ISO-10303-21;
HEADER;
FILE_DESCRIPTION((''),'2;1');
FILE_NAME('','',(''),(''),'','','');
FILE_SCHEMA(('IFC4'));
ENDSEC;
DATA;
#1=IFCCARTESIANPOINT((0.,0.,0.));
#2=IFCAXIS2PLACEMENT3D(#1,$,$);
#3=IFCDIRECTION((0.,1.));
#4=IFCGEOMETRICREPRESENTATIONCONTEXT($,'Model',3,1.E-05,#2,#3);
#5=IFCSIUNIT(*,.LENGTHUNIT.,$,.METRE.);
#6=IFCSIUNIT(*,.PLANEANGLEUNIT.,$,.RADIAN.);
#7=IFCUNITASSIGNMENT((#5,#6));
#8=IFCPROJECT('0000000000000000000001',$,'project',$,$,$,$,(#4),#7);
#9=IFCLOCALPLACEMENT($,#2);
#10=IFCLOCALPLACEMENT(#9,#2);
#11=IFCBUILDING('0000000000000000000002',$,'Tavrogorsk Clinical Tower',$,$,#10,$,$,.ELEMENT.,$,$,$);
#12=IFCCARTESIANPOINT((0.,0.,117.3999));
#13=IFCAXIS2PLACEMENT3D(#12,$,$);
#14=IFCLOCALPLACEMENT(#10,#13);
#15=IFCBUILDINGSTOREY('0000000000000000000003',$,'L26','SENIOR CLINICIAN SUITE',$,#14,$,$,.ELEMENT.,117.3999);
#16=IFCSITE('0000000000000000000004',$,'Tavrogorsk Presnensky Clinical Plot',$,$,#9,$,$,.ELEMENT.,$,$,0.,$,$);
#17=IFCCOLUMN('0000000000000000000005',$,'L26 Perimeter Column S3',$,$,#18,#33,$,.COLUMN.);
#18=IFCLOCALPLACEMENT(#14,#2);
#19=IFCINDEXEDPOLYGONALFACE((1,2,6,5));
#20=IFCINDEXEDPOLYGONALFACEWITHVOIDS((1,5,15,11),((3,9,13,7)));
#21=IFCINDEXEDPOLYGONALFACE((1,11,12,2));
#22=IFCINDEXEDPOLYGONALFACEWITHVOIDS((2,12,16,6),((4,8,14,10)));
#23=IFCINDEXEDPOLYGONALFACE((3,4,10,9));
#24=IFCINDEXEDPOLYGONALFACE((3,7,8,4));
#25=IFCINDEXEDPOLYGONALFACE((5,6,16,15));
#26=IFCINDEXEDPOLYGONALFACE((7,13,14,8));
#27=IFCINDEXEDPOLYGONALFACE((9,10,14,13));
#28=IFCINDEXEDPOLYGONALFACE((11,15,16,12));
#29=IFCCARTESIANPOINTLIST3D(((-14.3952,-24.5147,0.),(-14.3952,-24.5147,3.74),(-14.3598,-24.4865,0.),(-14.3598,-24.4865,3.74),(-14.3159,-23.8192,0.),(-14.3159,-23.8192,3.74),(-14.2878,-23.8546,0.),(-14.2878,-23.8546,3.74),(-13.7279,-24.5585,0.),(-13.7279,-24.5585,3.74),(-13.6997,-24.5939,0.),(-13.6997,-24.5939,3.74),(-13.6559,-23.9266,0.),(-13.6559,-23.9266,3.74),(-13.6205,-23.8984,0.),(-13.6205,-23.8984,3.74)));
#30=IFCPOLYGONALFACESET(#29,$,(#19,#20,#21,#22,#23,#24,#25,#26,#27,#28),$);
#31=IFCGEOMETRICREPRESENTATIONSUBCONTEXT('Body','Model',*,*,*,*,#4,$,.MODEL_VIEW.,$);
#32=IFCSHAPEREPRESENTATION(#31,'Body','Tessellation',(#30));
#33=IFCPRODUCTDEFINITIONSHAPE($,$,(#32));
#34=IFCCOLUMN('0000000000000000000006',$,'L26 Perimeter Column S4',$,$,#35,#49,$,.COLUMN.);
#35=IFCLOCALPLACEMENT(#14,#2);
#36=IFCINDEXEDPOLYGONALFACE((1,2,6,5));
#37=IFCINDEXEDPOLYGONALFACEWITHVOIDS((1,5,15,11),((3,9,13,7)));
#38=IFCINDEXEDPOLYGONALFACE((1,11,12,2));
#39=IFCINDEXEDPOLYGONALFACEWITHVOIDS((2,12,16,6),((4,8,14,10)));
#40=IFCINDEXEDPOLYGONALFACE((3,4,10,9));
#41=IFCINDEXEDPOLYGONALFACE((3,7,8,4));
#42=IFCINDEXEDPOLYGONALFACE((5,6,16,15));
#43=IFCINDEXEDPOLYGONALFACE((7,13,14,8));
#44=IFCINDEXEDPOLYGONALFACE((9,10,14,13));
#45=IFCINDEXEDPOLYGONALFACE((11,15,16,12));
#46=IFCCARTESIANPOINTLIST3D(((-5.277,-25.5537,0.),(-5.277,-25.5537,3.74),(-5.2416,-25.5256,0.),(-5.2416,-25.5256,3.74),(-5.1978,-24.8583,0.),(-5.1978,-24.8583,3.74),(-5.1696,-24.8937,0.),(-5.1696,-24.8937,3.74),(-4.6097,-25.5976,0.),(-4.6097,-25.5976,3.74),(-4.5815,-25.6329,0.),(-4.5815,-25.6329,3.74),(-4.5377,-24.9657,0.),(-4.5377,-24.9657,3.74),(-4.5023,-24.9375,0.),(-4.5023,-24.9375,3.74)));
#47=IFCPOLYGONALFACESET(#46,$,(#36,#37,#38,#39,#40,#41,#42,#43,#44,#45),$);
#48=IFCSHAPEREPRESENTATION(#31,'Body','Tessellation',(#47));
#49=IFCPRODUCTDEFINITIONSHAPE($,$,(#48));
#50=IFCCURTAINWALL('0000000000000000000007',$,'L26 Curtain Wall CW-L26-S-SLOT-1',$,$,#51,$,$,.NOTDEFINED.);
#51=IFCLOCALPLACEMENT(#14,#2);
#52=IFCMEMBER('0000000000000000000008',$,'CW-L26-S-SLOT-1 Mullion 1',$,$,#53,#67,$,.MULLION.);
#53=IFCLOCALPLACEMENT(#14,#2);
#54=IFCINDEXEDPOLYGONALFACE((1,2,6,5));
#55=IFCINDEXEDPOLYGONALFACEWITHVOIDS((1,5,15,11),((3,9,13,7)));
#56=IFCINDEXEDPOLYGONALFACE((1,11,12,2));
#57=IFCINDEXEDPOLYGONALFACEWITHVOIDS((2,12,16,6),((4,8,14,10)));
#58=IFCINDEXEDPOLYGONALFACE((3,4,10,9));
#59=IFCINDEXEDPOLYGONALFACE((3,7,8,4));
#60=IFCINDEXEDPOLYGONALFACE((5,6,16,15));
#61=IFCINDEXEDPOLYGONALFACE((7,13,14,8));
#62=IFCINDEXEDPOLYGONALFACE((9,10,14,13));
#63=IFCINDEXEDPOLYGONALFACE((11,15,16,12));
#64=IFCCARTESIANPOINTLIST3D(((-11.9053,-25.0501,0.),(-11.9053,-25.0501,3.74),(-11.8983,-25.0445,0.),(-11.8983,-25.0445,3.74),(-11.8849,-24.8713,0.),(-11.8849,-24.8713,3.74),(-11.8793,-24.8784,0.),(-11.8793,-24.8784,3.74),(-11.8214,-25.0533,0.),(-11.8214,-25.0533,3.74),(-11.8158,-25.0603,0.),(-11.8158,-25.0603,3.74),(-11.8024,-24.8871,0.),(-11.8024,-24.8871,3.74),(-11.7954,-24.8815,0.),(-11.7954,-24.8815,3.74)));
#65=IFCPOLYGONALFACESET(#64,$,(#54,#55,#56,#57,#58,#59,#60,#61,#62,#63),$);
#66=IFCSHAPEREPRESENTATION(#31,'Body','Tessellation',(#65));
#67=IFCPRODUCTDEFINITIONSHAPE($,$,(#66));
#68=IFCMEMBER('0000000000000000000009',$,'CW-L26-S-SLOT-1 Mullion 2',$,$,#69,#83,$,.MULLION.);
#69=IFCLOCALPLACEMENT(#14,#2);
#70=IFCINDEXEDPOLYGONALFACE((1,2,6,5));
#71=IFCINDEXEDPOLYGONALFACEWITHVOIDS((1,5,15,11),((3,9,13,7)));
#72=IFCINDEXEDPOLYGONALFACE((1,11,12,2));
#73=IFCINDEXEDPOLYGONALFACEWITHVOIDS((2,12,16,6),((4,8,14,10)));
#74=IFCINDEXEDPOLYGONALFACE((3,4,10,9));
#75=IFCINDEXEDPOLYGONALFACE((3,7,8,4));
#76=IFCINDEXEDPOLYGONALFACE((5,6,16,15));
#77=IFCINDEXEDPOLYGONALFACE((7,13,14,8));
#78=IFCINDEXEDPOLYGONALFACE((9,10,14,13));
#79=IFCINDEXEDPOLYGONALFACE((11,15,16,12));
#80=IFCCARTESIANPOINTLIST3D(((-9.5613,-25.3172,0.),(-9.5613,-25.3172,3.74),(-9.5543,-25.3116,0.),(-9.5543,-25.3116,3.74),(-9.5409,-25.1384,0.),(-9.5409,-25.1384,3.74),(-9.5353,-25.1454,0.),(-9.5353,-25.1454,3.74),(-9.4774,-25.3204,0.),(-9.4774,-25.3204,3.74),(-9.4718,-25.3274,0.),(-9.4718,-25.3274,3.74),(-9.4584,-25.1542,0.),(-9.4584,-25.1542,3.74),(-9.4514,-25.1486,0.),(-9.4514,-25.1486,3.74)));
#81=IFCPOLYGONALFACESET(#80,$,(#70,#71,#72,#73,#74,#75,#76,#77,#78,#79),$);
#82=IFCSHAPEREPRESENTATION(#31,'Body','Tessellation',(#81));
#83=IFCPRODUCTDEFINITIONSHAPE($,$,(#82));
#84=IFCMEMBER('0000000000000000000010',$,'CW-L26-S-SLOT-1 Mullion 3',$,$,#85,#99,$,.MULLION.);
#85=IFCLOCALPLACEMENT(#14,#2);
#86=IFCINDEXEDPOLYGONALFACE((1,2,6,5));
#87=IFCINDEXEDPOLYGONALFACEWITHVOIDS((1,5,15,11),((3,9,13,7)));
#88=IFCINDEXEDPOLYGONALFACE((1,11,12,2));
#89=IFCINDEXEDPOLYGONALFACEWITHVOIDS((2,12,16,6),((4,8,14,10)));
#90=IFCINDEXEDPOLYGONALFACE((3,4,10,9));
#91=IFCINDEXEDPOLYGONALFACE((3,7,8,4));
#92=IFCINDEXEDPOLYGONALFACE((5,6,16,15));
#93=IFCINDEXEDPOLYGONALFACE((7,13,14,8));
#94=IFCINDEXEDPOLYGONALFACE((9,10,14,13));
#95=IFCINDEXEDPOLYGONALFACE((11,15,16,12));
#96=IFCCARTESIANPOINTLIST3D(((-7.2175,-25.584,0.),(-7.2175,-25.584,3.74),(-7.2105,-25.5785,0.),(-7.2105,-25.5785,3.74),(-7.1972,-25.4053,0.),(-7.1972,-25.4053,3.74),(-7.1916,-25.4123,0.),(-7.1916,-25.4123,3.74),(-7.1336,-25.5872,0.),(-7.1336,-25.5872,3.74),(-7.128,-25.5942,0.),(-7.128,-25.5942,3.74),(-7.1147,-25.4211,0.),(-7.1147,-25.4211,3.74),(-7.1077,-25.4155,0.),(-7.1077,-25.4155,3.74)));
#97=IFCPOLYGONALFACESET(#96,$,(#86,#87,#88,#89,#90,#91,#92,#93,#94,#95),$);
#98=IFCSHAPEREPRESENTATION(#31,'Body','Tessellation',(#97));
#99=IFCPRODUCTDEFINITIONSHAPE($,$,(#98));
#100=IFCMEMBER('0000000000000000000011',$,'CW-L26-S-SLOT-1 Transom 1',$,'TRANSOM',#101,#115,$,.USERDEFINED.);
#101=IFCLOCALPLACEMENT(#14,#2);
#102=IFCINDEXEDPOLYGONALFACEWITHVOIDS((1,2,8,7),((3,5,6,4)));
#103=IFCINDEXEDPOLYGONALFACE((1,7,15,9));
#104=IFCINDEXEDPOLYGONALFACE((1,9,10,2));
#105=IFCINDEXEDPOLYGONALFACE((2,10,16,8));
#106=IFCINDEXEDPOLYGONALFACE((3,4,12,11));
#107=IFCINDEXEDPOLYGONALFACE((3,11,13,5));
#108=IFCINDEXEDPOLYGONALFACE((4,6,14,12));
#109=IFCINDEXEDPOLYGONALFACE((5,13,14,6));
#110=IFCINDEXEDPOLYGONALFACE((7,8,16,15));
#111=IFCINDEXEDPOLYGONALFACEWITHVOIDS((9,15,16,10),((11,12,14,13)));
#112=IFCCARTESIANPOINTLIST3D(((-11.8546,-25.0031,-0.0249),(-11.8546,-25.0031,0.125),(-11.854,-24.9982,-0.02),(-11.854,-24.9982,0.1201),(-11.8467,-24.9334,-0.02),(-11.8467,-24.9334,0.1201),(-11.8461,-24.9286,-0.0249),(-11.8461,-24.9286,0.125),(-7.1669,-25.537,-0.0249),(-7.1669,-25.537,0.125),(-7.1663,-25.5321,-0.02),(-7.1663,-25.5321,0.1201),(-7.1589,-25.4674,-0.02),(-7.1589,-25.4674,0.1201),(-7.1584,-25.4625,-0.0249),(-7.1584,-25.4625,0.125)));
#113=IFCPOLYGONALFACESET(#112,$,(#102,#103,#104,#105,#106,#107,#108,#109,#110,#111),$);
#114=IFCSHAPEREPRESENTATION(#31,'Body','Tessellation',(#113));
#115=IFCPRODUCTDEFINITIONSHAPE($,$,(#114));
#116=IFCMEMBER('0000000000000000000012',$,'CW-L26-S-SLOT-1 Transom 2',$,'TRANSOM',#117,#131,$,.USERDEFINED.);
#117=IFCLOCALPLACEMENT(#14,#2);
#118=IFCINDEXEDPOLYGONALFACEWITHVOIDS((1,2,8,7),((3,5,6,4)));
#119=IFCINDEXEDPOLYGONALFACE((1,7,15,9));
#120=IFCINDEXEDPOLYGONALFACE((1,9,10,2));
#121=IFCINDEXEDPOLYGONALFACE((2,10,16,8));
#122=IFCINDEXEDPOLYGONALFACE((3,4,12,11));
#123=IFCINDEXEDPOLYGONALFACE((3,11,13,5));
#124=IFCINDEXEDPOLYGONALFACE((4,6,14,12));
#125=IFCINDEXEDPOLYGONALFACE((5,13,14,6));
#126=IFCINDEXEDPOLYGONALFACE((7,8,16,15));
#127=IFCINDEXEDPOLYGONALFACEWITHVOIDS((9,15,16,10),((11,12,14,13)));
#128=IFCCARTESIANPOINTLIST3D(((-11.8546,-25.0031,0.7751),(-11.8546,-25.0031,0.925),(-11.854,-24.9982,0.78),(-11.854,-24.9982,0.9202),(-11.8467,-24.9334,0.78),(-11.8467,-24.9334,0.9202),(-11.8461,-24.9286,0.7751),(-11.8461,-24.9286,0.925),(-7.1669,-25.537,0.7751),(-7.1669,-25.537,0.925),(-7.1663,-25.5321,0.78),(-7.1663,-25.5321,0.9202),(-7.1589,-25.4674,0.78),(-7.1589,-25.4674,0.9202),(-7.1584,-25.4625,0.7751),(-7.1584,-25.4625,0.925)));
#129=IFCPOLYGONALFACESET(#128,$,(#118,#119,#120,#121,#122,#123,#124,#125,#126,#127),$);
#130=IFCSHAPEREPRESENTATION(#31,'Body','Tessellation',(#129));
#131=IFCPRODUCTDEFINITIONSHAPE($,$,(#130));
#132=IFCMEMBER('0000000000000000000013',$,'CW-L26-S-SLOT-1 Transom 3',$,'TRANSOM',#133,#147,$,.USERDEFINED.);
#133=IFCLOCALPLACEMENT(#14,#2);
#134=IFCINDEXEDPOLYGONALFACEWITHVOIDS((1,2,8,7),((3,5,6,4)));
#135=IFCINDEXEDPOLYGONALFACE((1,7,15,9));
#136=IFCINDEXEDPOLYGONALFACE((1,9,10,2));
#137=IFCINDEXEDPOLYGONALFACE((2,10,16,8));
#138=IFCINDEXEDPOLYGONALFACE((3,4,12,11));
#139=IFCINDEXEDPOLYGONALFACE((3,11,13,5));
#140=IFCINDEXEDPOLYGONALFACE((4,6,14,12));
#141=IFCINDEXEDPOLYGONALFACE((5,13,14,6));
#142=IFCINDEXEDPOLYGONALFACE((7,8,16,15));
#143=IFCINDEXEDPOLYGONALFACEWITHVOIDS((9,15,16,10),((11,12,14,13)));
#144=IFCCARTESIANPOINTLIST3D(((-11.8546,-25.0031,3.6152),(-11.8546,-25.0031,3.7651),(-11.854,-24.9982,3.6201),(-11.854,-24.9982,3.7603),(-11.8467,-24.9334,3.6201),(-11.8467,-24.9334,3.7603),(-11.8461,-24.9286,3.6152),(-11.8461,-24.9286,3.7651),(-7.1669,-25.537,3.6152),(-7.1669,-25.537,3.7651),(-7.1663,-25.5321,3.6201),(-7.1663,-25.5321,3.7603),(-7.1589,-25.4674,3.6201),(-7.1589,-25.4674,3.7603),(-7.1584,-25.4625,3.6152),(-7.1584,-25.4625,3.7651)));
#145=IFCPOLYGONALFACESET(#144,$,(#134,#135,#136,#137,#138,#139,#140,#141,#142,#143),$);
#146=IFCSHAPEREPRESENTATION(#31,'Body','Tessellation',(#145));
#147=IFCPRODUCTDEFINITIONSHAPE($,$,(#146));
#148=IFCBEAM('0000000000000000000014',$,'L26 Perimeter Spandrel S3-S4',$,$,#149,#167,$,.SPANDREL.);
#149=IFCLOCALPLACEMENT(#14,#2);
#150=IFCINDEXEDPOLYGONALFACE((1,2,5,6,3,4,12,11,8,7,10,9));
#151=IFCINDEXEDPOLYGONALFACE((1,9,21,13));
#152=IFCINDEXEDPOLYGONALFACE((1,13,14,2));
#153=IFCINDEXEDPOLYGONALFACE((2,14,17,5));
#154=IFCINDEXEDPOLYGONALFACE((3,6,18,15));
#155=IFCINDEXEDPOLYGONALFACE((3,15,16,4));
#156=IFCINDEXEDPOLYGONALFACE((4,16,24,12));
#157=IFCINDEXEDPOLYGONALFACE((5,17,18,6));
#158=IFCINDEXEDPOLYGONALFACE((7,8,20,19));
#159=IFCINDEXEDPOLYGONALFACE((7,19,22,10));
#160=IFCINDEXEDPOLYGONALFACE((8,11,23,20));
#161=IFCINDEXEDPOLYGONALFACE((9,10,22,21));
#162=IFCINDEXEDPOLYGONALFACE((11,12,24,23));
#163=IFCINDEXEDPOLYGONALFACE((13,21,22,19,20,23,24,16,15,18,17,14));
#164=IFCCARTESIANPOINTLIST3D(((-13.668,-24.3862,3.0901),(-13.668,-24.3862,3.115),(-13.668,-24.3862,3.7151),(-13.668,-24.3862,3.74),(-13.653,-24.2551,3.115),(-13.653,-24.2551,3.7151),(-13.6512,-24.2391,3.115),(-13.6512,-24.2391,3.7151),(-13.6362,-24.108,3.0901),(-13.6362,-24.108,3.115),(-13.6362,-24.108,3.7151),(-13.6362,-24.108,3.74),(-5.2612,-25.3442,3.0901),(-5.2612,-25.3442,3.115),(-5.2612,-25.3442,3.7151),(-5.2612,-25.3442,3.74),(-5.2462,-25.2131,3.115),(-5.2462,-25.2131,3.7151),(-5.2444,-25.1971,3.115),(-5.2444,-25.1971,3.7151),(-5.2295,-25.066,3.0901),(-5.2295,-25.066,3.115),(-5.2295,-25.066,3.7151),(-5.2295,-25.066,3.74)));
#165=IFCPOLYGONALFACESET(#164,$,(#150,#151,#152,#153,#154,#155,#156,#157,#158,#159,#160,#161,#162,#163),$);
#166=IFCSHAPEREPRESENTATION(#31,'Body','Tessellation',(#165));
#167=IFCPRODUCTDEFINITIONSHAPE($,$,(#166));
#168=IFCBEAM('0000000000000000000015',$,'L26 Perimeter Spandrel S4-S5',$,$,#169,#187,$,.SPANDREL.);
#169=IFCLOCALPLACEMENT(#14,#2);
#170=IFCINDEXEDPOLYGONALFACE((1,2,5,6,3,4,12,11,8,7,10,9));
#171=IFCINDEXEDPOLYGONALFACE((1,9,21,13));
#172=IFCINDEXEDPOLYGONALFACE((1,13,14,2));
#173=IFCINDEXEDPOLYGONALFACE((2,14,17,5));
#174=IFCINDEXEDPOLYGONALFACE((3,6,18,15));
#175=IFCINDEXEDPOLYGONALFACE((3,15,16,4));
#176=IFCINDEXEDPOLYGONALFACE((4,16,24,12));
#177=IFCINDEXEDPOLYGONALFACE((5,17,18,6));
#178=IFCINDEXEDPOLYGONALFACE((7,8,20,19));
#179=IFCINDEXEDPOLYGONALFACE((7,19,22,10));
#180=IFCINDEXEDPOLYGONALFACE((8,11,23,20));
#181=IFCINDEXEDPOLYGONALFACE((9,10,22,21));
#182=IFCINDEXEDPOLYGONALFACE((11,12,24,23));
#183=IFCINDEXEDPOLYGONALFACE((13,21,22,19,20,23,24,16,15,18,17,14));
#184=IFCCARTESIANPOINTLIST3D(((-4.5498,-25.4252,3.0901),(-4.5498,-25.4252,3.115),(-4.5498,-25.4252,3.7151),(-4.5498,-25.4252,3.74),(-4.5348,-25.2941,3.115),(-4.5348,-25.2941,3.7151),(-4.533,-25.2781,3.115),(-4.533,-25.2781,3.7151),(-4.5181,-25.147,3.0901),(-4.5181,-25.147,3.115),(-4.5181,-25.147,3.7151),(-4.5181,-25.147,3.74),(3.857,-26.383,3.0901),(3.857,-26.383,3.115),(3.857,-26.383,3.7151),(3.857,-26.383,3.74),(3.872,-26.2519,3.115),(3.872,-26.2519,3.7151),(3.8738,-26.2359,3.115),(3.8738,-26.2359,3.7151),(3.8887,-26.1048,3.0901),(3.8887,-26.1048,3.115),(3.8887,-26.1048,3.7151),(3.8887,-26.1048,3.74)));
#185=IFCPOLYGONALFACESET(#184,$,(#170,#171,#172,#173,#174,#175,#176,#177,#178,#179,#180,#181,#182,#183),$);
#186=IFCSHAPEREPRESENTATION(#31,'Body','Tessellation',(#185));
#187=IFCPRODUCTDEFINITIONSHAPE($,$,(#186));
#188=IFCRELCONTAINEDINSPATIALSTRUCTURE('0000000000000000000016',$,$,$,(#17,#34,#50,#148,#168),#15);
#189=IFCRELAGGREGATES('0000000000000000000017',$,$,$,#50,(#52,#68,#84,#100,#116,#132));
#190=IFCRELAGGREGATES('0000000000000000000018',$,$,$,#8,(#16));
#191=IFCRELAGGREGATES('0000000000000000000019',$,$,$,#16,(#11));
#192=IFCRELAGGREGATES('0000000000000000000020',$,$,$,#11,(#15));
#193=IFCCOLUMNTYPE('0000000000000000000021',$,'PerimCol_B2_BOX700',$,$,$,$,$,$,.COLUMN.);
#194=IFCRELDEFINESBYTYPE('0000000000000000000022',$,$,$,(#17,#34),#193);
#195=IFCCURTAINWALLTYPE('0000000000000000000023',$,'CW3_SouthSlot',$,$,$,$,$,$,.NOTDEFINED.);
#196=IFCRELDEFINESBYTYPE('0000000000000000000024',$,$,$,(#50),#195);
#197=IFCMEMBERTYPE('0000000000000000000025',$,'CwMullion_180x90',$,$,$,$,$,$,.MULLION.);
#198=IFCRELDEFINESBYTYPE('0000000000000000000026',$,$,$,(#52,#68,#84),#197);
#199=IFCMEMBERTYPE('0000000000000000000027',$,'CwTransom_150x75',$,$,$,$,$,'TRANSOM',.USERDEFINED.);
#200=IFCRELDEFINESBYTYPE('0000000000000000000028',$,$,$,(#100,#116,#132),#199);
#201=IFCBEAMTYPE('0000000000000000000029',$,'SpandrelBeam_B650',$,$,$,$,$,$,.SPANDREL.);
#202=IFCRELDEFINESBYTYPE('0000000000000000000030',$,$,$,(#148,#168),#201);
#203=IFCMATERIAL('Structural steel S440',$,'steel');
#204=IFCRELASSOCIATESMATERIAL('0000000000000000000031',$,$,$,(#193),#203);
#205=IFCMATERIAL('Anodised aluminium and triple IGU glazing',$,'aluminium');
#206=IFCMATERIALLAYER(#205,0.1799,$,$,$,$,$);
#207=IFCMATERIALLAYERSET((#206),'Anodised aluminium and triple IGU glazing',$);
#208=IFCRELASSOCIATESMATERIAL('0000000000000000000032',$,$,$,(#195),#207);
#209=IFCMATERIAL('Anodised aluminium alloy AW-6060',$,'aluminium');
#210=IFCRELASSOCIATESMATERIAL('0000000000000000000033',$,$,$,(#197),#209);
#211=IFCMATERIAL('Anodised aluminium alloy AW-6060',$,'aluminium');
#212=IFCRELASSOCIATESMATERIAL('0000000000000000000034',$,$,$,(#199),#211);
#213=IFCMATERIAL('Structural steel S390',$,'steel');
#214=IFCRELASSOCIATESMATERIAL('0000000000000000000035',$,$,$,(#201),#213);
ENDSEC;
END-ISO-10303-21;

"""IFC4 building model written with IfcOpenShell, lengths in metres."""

from ifc_helpers import new_model, si_unit, direction, frame, origin, origin_2d, place, context, subcontext, project, spatial, hollow_rectangle, i_section, extrude, material, layer, layer_set, material_profile, profile_set, type_object, element, aggregate, save


model = new_model("IFC4")

# Units and contexts
model_context = context("Model", 3, precision=1e-05, world=origin(), true_north=direction((0.0, 1.0)))
body_context = subcontext(model_context, "Body", "Model", "MODEL_VIEW")
ifc_project = project(units=[si_unit("LENGTHUNIT", "METRE"), si_unit("PLANEANGLEUNIT", "RADIAN")], contexts=[model_context])

# Site, building, storey
site_placement = place(None, origin())
site = spatial("IfcSite", under=ifc_project, at=site_placement, Name="Tavrogorsk Presnensky Clinical Plot", CompositionType="ELEMENT", RefElevation=0.0)
building_placement = place(site_placement, origin())
building = spatial("IfcBuilding", under=site, at=building_placement, Name="Tavrogorsk Clinical Tower", CompositionType="ELEMENT")
storey_placement = place(building_placement, frame((0.0, 0.0, 117.3999)))
storey = spatial("IfcBuildingStorey", under=building, at=storey_placement, Name="L26", Description="SENIOR CLINICIAN SUITE", CompositionType="ELEMENT", Elevation=117.3999)

# Columns
ifc_material_1 = material(Name="Structural steel S440", Category="steel")
ifc_material_profile_1 = material_profile(ifc_material_1, hollow_rectangle(XDim=0.7, YDim=0.7, WallThickness=0.032, at=origin_2d()), Name="BOX-700x700x32")
ifc_profile_set_1 = profile_set([ifc_material_profile_1], Name="Structural steel S440")
column_type = type_object("IfcColumnType", Name="PerimCol_B2_BOX700", PredefinedType="COLUMN", material=ifc_profile_set_1)
for number, where, z_axis, x_axis, name in (
    (1, (-14.0078, -24.2065, 0.0), (0.0, 0.0, 1.0), (0.993572, -0.113203, 0.0), "L26 Perimeter Column S3"),
    (2, (-4.8896, -25.2456, 0.0), (0.0, 0.0, 1.0), (0.993572, -0.113203, 0.0), "L26 Perimeter Column S4"),
):
    element("IfcColumn", number, at=place(storey_placement, frame(where, z_axis=z_axis, x_axis=x_axis)), inside=storey, type_object=column_type, Name=name, PredefinedType="COLUMN", context=body_context, shape_type="SweptSolid", body=[
        extrude(hollow_rectangle(XDim=0.7, YDim=0.7, WallThickness=0.032, at=origin_2d()), origin(), (0.0, 0.0, 1.0), 3.74),
    ])

# Curtain wall, members
ifc_material_2 = material(Name="Anodised aluminium and triple IGU glazing", Category="aluminium")
ifc_layer_1 = layer(ifc_material_2, 0.1799)
ifc_layer_set_1 = layer_set([ifc_layer_1], Name="Anodised aluminium and triple IGU glazing")
curtain_wall_type = type_object("IfcCurtainWallType", Name="CW3_SouthSlot", PredefinedType="NOTDEFINED", material=ifc_layer_set_1)
curtain_wall_placement = place(storey_placement, origin())
curtain_wall = element("IfcCurtainWall", 3, at=curtain_wall_placement, inside=storey, type_object=curtain_wall_type, Name="L26 Curtain Wall CW-L26-S-SLOT-1", PredefinedType="NOTDEFINED")
ifc_material_3 = material(Name="Anodised aluminium alloy AW-6060", Category="aluminium")
ifc_material_profile_2 = material_profile(ifc_material_3, hollow_rectangle(XDim=0.0901, YDim=0.1799, WallThickness=0.0063, at=origin_2d()), Name="RHS-180x90x6.3")
ifc_profile_set_2 = profile_set([ifc_material_profile_2], Name="Anodised aluminium alloy AW-6060")
member_type_1 = type_object("IfcMemberType", Name="CwMullion_180x90", PredefinedType="MULLION", material=ifc_profile_set_2)
member_1_placement = place(storey_placement, frame((-11.8503, -24.9658, 0.0), z_axis=(0.0, 0.0, 1.0), x_axis=(0.993572, -0.113203, 0.0)))
member_1 = element("IfcMember", 4, at=member_1_placement, type_object=member_type_1, Name="CW-L26-S-SLOT-1 Mullion 1", PredefinedType="MULLION", context=body_context, shape_type="SweptSolid", body=[
    extrude(hollow_rectangle(XDim=0.0901, YDim=0.1799, WallThickness=0.0063, at=origin_2d()), origin(), (0.0, 0.0, 1.0), 3.74),
])
member_2_placement = place(storey_placement, frame((-9.5063, -25.2329, 0.0), z_axis=(0.0, 0.0, 1.0), x_axis=(0.993572, -0.113203, 0.0)))
member_2 = element("IfcMember", 5, at=member_2_placement, type_object=member_type_1, Name="CW-L26-S-SLOT-1 Mullion 2", PredefinedType="MULLION", context=body_context, shape_type="SweptSolid", body=[
    extrude(hollow_rectangle(XDim=0.0901, YDim=0.1799, WallThickness=0.0063, at=origin_2d()), origin(), (0.0, 0.0, 1.0), 3.74),
])
member_3_placement = place(storey_placement, frame((-7.1626, -25.4998, 0.0), z_axis=(0.0, 0.0, 1.0), x_axis=(0.993572, -0.113203, 0.0)))
member_3 = element("IfcMember", 6, at=member_3_placement, type_object=member_type_1, Name="CW-L26-S-SLOT-1 Mullion 3", PredefinedType="MULLION", context=body_context, shape_type="SweptSolid", body=[
    extrude(hollow_rectangle(XDim=0.0901, YDim=0.1799, WallThickness=0.0063, at=origin_2d()), origin(), (0.0, 0.0, 1.0), 3.74),
])
ifc_material_4 = material(Name="Anodised aluminium alloy AW-6060", Category="aluminium")
ifc_material_profile_3 = material_profile(ifc_material_4, hollow_rectangle(XDim=0.075, YDim=0.1499, WallThickness=0.0049, at=origin_2d()), Name="RHS-150x75x5")
ifc_profile_set_3 = profile_set([ifc_material_profile_3], Name="Anodised aluminium alloy AW-6060")
member_type_2 = type_object("IfcMemberType", Name="CwTransom_150x75", ElementType="TRANSOM", PredefinedType="USERDEFINED", material=ifc_profile_set_3)
member_4_placement = place(storey_placement, frame((-11.8503, -24.9658, 0.05), z_axis=(0.993576, -0.113169, 0.0), x_axis=(0.113169, 0.993576, 0.0)))
member_4 = element("IfcMember", 7, at=member_4_placement, type_object=member_type_2, Name="CW-L26-S-SLOT-1 Transom 1", ObjectType="TRANSOM", PredefinedType="USERDEFINED", context=body_context, shape_type="SweptSolid", body=[
    extrude(hollow_rectangle(XDim=0.075, YDim=0.1499, WallThickness=0.0049, at=origin_2d()), origin(), (0.0, 0.0, 1.0), 4.718),
])
member_5_placement = place(storey_placement, frame((-11.8503, -24.9658, 0.8501), z_axis=(0.993576, -0.113169, 0.0), x_axis=(0.113169, 0.993576, 0.0)))
member_5 = element("IfcMember", 8, at=member_5_placement, type_object=member_type_2, Name="CW-L26-S-SLOT-1 Transom 2", ObjectType="TRANSOM", PredefinedType="USERDEFINED", context=body_context, shape_type="SweptSolid", body=[
    extrude(hollow_rectangle(XDim=0.075, YDim=0.1499, WallThickness=0.0049, at=origin_2d()), origin(), (0.0, 0.0, 1.0), 4.718),
])
member_6_placement = place(storey_placement, frame((-11.8503, -24.9658, 3.6902), z_axis=(0.993576, -0.113169, 0.0), x_axis=(0.113169, 0.993576, 0.0)))
member_6 = element("IfcMember", 9, at=member_6_placement, type_object=member_type_2, Name="CW-L26-S-SLOT-1 Transom 3", ObjectType="TRANSOM", PredefinedType="USERDEFINED", context=body_context, shape_type="SweptSolid", body=[
    extrude(hollow_rectangle(XDim=0.075, YDim=0.1499, WallThickness=0.0049, at=origin_2d()), origin(), (0.0, 0.0, 1.0), 4.718),
])

# Beams
ifc_material_5 = material(Name="Structural steel S390", Category="steel")
ifc_material_profile_4 = material_profile(ifc_material_5, i_section(OverallWidth=0.28, OverallDepth=0.6499, WebThickness=0.0161, FlangeThickness=0.0249, at=origin_2d()), Name="B-650x280x16x25")
ifc_profile_set_4 = profile_set([ifc_material_profile_4], Name="Structural steel S390")
beam_type = type_object("IfcBeamType", Name="SpandrelBeam_B650", PredefinedType="SPANDREL", material=ifc_profile_set_4)
for number, where, z_axis, x_axis, name in (
    (10, (-13.6521, -24.2471, 3.415), (0.993569, -0.113224, 0.0), (0.113224, 0.993569, 0.0), "L26 Perimeter Spandrel S3-S4"),
    (11, (-4.5339, -25.2861, 3.415), (0.993573, -0.113196, 0.0), (0.113196, 0.993573, 0.0), "L26 Perimeter Spandrel S4-S5"),
):
    element("IfcBeam", number, at=place(storey_placement, frame(where, z_axis=z_axis, x_axis=x_axis)), inside=storey, type_object=beam_type, Name=name, PredefinedType="SPANDREL", context=body_context, shape_type="SweptSolid", body=[
        extrude(i_section(OverallWidth=0.28, OverallDepth=0.6499, WebThickness=0.0161, FlangeThickness=0.0249, at=origin_2d()), origin(), (0.0, 0.0, 1.0), 8.4612),
    ])

aggregate(curtain_wall, [member_1, member_2, member_3, member_4, member_5, member_6])

save(model, "model.ifc")
